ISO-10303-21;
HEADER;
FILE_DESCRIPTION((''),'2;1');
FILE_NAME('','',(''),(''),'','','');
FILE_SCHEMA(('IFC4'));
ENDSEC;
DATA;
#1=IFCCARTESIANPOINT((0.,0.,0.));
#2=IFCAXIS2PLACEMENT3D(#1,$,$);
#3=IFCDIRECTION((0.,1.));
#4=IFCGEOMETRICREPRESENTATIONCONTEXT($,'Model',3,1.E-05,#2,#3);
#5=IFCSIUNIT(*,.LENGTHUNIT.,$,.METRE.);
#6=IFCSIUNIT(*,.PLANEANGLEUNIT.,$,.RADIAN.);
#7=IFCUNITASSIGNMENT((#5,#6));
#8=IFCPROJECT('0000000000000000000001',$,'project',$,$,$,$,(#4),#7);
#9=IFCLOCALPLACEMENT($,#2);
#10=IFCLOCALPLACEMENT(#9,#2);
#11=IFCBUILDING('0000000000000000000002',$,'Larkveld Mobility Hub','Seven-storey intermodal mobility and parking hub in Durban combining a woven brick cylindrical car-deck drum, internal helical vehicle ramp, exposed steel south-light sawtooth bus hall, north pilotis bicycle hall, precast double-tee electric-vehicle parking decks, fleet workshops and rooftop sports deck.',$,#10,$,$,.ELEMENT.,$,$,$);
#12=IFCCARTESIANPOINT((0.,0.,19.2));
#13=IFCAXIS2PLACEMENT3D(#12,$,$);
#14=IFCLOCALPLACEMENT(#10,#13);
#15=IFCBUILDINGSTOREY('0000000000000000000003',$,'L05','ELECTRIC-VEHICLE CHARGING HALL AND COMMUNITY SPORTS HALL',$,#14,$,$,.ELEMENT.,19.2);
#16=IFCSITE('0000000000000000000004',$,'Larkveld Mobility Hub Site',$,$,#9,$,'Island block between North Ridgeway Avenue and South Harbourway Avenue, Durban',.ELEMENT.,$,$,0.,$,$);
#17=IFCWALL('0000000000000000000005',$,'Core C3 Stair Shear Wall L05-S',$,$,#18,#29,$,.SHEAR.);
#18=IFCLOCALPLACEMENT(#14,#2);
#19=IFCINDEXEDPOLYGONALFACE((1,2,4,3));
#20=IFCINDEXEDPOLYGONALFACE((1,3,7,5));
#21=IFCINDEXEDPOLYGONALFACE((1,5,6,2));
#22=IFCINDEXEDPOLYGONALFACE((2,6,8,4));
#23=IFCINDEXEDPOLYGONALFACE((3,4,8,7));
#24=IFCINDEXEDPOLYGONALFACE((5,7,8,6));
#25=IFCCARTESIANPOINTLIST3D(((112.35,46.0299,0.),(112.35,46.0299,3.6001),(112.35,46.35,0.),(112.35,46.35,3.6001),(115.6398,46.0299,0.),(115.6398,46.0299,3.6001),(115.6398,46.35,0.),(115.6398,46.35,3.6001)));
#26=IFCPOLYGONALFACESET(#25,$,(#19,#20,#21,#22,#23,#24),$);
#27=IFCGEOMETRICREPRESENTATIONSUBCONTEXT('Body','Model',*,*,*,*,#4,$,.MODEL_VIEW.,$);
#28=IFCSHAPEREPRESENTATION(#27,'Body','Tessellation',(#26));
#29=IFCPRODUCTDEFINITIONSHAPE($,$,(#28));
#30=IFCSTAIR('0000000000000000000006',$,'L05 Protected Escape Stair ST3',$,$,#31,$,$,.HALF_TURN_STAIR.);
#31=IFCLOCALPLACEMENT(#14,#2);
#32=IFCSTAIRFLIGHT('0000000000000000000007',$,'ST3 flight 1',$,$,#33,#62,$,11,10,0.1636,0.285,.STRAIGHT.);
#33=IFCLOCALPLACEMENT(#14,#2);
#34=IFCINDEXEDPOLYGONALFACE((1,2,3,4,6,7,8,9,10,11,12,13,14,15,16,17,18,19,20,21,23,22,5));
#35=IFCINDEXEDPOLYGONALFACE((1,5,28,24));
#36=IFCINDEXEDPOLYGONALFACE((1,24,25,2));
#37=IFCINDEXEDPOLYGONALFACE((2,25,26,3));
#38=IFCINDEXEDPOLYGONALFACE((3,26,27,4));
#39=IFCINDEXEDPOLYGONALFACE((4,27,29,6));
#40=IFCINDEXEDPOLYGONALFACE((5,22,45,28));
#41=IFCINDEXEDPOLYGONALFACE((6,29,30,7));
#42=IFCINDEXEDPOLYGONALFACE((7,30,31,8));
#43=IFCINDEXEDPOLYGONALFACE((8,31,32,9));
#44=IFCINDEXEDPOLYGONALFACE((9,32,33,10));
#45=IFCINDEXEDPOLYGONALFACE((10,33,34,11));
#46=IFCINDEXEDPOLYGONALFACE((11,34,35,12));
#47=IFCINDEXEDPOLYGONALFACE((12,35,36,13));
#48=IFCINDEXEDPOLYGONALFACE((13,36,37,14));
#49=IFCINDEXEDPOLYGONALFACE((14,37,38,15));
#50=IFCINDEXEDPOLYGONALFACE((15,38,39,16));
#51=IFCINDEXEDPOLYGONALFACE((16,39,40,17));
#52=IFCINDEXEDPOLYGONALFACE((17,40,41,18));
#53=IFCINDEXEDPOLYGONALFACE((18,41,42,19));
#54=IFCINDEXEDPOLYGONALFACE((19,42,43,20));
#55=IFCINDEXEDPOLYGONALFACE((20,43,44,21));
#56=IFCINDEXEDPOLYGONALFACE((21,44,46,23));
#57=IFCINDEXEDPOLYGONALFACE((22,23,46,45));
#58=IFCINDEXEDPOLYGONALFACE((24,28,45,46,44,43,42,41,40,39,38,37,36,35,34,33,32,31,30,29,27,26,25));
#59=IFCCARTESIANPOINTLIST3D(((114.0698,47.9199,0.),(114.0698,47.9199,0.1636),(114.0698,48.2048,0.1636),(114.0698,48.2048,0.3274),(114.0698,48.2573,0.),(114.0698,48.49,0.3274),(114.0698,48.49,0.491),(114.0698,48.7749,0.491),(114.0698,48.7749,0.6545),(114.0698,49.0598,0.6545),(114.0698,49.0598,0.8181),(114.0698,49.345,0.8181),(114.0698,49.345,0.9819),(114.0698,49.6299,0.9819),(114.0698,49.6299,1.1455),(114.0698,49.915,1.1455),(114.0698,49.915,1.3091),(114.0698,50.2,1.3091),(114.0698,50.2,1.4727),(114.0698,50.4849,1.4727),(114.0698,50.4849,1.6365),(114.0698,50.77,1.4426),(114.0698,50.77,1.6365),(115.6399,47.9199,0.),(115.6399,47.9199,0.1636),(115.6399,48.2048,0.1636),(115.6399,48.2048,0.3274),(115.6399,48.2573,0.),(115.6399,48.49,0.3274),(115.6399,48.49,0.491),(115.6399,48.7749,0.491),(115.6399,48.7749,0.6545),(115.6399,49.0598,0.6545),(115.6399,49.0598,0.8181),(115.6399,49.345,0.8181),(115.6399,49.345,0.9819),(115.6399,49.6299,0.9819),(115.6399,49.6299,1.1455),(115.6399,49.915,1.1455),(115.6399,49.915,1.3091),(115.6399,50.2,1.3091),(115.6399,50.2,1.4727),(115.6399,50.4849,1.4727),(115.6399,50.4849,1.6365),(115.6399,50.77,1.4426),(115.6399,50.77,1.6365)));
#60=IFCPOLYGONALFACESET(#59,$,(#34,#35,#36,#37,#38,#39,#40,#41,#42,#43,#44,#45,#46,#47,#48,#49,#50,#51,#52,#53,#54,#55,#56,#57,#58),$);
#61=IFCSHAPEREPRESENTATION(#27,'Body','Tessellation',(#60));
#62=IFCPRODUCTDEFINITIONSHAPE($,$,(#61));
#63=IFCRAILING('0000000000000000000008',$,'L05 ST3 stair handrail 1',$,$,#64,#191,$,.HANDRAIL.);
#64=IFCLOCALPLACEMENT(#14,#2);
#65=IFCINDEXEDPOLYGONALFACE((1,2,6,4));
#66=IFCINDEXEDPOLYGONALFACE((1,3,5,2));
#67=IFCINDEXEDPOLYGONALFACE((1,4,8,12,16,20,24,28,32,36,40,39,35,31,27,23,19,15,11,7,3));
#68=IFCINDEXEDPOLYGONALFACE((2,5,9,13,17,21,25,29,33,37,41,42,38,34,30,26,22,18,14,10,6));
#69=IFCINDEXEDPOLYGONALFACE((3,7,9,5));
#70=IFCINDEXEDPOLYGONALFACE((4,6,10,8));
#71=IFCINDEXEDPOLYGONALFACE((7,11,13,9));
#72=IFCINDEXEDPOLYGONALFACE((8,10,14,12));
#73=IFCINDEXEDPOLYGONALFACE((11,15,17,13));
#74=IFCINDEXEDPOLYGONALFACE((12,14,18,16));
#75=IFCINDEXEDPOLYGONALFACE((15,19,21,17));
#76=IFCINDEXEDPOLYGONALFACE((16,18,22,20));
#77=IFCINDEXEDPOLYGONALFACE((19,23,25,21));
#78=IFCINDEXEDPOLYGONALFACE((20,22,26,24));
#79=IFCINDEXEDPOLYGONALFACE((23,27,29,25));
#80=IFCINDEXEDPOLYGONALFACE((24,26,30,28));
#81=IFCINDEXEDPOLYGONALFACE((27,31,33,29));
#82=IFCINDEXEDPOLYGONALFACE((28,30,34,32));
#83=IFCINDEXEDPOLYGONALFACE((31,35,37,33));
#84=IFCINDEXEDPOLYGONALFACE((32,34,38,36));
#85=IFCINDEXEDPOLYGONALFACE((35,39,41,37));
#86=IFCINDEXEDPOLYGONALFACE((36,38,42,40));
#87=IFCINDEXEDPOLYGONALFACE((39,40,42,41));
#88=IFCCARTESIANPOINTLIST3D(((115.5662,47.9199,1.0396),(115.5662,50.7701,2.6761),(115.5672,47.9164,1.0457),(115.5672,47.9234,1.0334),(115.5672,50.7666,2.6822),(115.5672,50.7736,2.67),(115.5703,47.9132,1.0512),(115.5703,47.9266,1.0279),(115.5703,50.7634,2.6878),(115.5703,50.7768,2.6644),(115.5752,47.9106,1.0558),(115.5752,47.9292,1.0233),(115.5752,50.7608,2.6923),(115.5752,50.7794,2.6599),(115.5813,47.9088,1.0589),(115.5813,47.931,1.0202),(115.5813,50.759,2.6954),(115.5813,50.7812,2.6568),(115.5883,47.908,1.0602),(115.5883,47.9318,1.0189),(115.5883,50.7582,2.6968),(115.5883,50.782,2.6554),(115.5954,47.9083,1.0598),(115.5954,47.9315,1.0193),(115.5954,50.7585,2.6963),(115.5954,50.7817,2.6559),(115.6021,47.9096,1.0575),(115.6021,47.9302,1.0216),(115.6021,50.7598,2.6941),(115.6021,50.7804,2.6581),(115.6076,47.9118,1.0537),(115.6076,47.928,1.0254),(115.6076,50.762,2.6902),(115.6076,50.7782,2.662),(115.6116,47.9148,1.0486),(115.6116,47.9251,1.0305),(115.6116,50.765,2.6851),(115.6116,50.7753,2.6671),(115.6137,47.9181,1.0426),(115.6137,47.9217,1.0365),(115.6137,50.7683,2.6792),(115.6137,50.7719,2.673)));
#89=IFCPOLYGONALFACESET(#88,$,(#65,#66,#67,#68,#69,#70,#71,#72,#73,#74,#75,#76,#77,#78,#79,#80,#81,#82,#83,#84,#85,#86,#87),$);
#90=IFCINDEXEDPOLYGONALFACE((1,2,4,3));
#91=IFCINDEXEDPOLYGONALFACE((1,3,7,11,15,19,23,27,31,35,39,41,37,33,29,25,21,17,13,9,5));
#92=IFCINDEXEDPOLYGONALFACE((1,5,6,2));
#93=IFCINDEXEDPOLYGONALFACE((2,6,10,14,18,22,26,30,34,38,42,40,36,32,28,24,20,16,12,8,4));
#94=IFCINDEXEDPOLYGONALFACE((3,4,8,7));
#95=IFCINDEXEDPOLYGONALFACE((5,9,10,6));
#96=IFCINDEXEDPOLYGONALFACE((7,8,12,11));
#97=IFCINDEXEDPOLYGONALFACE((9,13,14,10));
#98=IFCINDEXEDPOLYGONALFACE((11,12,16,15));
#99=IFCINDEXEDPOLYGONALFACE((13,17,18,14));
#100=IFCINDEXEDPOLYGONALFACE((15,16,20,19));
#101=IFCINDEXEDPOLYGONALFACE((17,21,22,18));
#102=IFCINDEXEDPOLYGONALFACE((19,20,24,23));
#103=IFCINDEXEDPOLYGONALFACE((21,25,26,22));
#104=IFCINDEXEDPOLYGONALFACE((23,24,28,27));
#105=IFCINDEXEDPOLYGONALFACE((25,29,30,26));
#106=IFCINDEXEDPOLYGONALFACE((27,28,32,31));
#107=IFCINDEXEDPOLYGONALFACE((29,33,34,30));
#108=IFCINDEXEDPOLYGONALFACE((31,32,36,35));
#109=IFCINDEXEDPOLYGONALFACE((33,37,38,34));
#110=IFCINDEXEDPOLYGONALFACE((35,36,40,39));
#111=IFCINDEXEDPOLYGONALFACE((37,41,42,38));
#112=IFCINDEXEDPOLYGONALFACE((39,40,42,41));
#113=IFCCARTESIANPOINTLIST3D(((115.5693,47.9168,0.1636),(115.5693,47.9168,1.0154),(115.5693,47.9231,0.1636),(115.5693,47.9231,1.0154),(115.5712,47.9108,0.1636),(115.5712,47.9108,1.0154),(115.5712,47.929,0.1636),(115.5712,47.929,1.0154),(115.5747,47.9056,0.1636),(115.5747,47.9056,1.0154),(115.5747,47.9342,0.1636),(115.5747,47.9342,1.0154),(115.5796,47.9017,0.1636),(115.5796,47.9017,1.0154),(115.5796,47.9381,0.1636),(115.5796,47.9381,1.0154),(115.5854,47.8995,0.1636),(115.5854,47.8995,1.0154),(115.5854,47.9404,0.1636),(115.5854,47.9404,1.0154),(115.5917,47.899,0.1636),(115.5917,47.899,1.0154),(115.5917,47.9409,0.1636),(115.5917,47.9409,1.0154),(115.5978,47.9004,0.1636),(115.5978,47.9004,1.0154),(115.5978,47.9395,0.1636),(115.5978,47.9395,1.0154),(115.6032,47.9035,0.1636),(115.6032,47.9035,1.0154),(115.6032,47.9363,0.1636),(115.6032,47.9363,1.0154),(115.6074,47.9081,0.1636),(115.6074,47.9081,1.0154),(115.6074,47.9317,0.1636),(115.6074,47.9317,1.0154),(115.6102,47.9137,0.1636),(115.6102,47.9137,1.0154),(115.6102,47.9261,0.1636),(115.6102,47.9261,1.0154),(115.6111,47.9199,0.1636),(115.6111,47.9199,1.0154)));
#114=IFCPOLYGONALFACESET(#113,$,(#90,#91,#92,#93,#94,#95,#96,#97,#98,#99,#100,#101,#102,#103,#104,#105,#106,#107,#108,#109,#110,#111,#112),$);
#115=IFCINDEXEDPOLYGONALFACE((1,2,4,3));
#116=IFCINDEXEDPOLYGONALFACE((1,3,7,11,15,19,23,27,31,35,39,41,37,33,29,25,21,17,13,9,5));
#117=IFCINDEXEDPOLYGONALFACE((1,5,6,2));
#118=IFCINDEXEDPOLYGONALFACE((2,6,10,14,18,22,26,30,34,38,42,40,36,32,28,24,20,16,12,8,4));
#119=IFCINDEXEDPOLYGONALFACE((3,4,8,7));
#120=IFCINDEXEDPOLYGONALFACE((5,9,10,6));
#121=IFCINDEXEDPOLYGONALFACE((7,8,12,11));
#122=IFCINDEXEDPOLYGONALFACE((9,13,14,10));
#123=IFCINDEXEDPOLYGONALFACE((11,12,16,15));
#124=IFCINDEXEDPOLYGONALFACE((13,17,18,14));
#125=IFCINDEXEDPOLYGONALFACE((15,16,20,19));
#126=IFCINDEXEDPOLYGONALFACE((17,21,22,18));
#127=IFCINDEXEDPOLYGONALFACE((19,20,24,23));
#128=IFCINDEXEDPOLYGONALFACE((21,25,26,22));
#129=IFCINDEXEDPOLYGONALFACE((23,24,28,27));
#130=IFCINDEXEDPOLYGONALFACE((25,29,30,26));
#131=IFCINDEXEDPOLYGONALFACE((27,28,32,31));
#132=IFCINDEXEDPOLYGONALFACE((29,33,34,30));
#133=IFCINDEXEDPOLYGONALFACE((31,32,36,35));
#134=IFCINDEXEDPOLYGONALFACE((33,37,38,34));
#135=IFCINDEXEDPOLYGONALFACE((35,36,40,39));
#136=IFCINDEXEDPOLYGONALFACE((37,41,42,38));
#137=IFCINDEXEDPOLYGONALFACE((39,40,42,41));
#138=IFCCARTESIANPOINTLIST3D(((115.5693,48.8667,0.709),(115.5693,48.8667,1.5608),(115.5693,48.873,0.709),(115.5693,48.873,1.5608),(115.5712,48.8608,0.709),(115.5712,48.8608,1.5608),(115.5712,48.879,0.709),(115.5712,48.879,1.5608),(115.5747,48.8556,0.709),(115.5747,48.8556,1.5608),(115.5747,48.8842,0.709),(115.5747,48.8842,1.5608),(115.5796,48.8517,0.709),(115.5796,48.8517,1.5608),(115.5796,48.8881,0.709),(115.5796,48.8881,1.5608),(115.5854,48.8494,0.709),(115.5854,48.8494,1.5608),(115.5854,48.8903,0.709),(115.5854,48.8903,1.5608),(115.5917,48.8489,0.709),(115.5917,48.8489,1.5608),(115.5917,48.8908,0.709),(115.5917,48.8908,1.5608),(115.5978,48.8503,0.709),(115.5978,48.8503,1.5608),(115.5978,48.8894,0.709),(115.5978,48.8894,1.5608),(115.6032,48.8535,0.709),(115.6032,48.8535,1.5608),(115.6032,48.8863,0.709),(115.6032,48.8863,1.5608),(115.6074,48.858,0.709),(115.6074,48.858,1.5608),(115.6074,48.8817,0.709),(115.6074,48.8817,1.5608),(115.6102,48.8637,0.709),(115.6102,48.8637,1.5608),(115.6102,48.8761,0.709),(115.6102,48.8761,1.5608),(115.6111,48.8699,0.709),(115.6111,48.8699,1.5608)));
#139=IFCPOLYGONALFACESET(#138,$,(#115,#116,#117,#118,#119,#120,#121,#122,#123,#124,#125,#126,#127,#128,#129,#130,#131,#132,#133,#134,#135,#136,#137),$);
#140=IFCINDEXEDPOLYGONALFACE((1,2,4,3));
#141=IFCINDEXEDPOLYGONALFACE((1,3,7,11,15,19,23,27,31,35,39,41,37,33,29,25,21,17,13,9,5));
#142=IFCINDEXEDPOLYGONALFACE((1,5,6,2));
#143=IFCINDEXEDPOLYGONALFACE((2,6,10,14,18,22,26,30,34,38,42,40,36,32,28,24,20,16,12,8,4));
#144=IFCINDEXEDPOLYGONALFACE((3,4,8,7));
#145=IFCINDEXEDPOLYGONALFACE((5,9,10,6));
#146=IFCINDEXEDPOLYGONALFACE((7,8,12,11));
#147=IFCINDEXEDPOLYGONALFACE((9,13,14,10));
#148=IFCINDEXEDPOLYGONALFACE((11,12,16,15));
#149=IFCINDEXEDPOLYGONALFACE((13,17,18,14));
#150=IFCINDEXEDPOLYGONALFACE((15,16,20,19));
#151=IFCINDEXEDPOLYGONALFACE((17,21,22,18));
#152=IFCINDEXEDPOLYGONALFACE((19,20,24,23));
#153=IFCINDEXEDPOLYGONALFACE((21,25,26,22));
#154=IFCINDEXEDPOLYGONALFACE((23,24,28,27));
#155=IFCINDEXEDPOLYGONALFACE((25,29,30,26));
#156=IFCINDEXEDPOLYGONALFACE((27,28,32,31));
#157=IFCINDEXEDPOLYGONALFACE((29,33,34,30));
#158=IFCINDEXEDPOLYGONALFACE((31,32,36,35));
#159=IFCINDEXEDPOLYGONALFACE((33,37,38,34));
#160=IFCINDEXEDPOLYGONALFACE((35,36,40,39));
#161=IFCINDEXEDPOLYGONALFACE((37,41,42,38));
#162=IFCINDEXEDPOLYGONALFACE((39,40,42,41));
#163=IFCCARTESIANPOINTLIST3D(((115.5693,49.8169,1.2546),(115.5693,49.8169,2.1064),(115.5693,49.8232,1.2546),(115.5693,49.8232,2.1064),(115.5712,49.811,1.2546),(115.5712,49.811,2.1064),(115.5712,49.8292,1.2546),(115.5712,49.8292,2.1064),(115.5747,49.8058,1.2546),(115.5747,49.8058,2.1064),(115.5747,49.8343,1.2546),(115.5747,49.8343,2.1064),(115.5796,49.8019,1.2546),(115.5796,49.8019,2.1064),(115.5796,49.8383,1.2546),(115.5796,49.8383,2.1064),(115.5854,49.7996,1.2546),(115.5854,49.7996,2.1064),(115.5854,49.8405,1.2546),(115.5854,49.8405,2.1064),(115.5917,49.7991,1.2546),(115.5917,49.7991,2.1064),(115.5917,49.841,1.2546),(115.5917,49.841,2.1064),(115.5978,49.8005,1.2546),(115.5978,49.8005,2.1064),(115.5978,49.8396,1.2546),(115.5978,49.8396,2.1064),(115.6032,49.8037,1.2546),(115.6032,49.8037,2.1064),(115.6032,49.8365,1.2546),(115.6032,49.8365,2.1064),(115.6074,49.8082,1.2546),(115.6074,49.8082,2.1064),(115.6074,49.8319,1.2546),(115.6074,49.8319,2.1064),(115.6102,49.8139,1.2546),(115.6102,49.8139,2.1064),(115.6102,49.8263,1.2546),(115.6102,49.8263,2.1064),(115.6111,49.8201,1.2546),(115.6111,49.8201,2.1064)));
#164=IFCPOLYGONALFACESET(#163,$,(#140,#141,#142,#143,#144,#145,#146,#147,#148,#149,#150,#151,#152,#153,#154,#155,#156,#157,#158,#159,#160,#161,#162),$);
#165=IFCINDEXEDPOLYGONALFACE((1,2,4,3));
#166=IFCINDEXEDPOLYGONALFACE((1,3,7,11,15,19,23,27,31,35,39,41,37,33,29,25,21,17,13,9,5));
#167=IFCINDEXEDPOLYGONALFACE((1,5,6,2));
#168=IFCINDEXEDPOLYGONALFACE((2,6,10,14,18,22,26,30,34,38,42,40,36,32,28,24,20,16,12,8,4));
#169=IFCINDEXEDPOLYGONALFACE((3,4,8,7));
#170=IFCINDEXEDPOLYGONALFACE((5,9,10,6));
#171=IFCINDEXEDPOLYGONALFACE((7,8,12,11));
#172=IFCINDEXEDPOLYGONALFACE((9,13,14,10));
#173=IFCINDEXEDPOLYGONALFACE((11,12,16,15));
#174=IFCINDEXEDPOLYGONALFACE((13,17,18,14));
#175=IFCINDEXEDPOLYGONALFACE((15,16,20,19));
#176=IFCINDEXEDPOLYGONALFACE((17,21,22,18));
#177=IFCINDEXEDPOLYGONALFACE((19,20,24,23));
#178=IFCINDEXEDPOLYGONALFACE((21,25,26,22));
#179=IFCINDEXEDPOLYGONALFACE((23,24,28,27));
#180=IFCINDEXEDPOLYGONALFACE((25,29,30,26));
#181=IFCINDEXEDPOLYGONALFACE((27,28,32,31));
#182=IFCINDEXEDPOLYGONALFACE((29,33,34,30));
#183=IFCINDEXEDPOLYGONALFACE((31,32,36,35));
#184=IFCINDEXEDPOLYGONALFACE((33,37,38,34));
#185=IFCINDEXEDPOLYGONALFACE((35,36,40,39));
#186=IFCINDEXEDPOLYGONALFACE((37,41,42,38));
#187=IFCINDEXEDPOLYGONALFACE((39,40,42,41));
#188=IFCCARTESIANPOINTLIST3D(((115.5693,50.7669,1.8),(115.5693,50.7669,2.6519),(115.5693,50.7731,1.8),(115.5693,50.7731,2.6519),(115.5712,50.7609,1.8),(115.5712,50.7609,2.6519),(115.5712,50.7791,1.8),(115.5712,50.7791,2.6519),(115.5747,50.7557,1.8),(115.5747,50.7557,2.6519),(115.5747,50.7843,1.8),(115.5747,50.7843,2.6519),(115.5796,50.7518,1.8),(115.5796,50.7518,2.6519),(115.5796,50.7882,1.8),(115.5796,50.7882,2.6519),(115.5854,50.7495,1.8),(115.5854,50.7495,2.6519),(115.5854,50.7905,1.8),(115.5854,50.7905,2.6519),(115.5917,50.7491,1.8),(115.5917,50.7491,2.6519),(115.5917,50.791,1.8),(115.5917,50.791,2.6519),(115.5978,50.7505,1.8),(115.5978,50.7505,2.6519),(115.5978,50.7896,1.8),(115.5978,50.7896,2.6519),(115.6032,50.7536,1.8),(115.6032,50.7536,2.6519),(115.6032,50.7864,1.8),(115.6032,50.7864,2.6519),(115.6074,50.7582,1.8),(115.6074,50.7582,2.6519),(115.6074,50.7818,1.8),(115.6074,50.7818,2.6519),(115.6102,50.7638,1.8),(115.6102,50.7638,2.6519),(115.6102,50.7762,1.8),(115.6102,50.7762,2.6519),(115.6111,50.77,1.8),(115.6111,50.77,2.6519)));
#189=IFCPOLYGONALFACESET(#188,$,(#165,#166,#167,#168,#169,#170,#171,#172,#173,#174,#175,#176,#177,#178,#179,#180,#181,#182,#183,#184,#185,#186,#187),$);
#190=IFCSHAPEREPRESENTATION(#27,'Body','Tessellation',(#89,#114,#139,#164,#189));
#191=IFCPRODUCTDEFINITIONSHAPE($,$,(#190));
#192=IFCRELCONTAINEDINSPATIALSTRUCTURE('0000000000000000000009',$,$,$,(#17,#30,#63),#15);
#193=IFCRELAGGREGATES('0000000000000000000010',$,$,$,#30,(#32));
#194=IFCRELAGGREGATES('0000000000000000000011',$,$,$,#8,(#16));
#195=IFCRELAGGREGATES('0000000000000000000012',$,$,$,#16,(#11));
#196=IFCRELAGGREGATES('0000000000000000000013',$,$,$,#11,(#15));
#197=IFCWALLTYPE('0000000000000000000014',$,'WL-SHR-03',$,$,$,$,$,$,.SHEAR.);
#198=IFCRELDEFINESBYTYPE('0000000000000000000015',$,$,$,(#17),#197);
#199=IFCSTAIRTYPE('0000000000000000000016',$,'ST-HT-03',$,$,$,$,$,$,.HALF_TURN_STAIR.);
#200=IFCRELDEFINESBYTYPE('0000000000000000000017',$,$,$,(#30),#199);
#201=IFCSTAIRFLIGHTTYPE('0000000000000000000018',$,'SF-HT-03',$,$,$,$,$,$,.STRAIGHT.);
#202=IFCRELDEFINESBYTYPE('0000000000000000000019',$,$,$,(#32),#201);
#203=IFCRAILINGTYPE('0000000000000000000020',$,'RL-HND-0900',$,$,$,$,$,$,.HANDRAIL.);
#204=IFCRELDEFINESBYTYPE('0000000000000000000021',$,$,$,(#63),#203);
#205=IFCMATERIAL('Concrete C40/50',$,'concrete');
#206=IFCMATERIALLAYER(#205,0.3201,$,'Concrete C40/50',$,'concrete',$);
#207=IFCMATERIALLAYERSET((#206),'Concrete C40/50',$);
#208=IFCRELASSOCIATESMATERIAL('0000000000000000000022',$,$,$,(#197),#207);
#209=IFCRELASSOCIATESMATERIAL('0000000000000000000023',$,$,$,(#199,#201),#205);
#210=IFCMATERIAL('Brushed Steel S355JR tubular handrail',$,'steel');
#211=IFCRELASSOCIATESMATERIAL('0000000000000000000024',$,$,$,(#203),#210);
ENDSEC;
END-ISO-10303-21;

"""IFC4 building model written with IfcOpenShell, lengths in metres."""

from ifc_helpers import new_model, si_unit, direction, frame, frame_2d, origin, origin_2d, place, context, subcontext, project, spatial, polyline, rectangle, circle, outline, extrude, material, layer, layer_set, type_object, element, aggregate, save


model = new_model("IFC4")

# Units and contexts
model_context = context("Model", 3, precision=1e-05, world=origin(), true_north=direction((0.0, 1.0)))
body_context = subcontext(model_context, "Body", "Model", "MODEL_VIEW")
ifc_project = project(units=[si_unit("LENGTHUNIT", "METRE"), si_unit("PLANEANGLEUNIT", "RADIAN")], contexts=[model_context])

# Site, building, storey
site_placement = place(None, origin())
site = spatial("IfcSite", under=ifc_project, at=site_placement, Name="Larkveld Mobility Hub Site", LongName="Island block between North Ridgeway Avenue and South Harbourway Avenue, Durban", CompositionType="ELEMENT", RefElevation=0.0)
building_placement = place(site_placement, origin())
building = spatial("IfcBuilding", under=site, at=building_placement, Name="Larkveld Mobility Hub", Description="Seven-storey intermodal mobility and parking hub in Durban combining a woven brick cylindrical car-deck drum, internal helical vehicle ramp, exposed steel south-light sawtooth bus hall, north pilotis bicycle hall, precast double-tee electric-vehicle parking decks, fleet workshops and rooftop sports deck.", CompositionType="ELEMENT")
storey_placement = place(building_placement, frame((0.0, 0.0, 19.2)))
storey = spatial("IfcBuildingStorey", under=building, at=storey_placement, Name="L05", Description="ELECTRIC-VEHICLE CHARGING HALL AND COMMUNITY SPORTS HALL", CompositionType="ELEMENT", Elevation=19.2)

# Shared definitions
ifc_material_1 = material(Name="Concrete C40/50", Category="concrete")

# Wall
ifc_layer_1 = layer(ifc_material_1, 0.3201, Name="Concrete C40/50", Category="concrete")
ifc_layer_set_1 = layer_set([ifc_layer_1], Name="Concrete C40/50")
wall_type_1 = type_object("IfcWallType", Name="WL-SHR-03", PredefinedType="SHEAR", material=ifc_layer_set_1)
wall_1_placement = place(storey_placement, frame((115.6399, 46.1899, 0.0), z_axis=(0.0, 0.0, 1.0), x_axis=(-1.0, 0.0, 0.0)))
element("IfcWall", 1, at=wall_1_placement, inside=storey, type_object=wall_type_1, Name="Core C3 Stair Shear Wall L05-S", PredefinedType="SHEAR", context=body_context, shape_type="SweptSolid", body=[
    extrude(rectangle(XDim=3.2898, YDim=0.3201, at=frame_2d((1.645, 0.0))), origin(), (0.0, 0.0, 1.0), 3.6001),
])

# Stair, stair flight
stair_type = type_object("IfcStairType", Name="ST-HT-03", PredefinedType="HALF_TURN_STAIR", material=ifc_material_1)
stair_placement = place(storey_placement, origin())
stair = element("IfcStair", 2, at=stair_placement, inside=storey, type_object=stair_type, Name="L05 Protected Escape Stair ST3", PredefinedType="HALF_TURN_STAIR")
stair_flight_type = type_object("IfcStairFlightType", Name="SF-HT-03", PredefinedType="STRAIGHT", material=ifc_material_1)
stair_flight_placement = place(storey_placement, frame((114.855, 47.9199, 0.0), z_axis=(0.0, 0.0, 1.0), x_axis=(0.0, 1.0, 0.0)))
stair_flight = element("IfcStairFlight", 3, at=stair_flight_placement, type_object=stair_flight_type, Name="ST3 flight 1", NumberOfRisers=11, NumberOfTreads=10, PredefinedType="STRAIGHT", RiserHeight=0.1636, TreadLength=0.285, context=body_context, shape_type="SweptSolid", body=[
    extrude(outline(polyline([(0.0, 0.0), (0.0, 0.1636), (0.2849, 0.1636), (0.2849, 0.3274), (0.5701, 0.3274), (0.5701, 0.491), (0.855, 0.491), (0.855, 0.6545), (1.1399, 0.6545), (1.1399, 0.8181), (1.425, 0.8181), (1.425, 0.9819), (1.71, 0.9819), (1.71, 1.1455), (1.9951, 1.1455), (1.9951, 1.3091), (2.28, 1.3091), (2.28, 1.4727), (2.5649, 1.4727), (2.5649, 1.6365), (2.8501, 1.6365), (2.8501, 1.8), (2.8501, 1.4426), (0.3374, 0.0), (0.0, 0.0)])), frame((0.0, 0.7852, 0.0), z_axis=(0.0, -1.0, 0.0), x_axis=(1.0, 0.0, 0.0)), (0.0, 0.0, 1.0), 1.5701),
])
aggregate(stair, [stair_flight])

# Railing
ifc_material_2 = material(Name="Brushed Steel S355JR tubular handrail", Category="steel")
railing_type = type_object("IfcRailingType", Name="RL-HND-0900", PredefinedType="HANDRAIL", material=ifc_material_2)
railing_placement = place(storey_placement, frame((115.5901, 47.9199, 0.1636)))
element("IfcRailing", 4, at=railing_placement, inside=storey, type_object=railing_type, Name="L05 ST3 stair handrail 1", PredefinedType="HANDRAIL", context=body_context, shape_type="SweptSolid", body=[
    extrude(circle(Radius=0.0239, at=origin_2d()), frame((0.0, 0.0, 0.876), z_axis=(0.0, 0.867213, 0.497938), x_axis=(-1.0, 0.0, 0.0)), (0.0, 0.0, 1.0), 3.2866),
    extrude(circle(Radius=0.021, at=origin_2d()), origin(), (0.0, 0.0, 1.0), 0.8518),
    extrude(circle(Radius=0.021, at=origin_2d()), frame((0.0, 0.95, 0.5454)), (0.0, 0.0, 1.0), 0.8518),
    extrude(circle(Radius=0.021, at=origin_2d()), frame((0.0, 1.9001, 1.0911)), (0.0, 0.0, 1.0), 0.8518),
    extrude(circle(Radius=0.021, at=origin_2d()), frame((0.0, 2.8501, 1.6365)), (0.0, 0.0, 1.0), 0.8518),
])

save(model, "model.ifc")
